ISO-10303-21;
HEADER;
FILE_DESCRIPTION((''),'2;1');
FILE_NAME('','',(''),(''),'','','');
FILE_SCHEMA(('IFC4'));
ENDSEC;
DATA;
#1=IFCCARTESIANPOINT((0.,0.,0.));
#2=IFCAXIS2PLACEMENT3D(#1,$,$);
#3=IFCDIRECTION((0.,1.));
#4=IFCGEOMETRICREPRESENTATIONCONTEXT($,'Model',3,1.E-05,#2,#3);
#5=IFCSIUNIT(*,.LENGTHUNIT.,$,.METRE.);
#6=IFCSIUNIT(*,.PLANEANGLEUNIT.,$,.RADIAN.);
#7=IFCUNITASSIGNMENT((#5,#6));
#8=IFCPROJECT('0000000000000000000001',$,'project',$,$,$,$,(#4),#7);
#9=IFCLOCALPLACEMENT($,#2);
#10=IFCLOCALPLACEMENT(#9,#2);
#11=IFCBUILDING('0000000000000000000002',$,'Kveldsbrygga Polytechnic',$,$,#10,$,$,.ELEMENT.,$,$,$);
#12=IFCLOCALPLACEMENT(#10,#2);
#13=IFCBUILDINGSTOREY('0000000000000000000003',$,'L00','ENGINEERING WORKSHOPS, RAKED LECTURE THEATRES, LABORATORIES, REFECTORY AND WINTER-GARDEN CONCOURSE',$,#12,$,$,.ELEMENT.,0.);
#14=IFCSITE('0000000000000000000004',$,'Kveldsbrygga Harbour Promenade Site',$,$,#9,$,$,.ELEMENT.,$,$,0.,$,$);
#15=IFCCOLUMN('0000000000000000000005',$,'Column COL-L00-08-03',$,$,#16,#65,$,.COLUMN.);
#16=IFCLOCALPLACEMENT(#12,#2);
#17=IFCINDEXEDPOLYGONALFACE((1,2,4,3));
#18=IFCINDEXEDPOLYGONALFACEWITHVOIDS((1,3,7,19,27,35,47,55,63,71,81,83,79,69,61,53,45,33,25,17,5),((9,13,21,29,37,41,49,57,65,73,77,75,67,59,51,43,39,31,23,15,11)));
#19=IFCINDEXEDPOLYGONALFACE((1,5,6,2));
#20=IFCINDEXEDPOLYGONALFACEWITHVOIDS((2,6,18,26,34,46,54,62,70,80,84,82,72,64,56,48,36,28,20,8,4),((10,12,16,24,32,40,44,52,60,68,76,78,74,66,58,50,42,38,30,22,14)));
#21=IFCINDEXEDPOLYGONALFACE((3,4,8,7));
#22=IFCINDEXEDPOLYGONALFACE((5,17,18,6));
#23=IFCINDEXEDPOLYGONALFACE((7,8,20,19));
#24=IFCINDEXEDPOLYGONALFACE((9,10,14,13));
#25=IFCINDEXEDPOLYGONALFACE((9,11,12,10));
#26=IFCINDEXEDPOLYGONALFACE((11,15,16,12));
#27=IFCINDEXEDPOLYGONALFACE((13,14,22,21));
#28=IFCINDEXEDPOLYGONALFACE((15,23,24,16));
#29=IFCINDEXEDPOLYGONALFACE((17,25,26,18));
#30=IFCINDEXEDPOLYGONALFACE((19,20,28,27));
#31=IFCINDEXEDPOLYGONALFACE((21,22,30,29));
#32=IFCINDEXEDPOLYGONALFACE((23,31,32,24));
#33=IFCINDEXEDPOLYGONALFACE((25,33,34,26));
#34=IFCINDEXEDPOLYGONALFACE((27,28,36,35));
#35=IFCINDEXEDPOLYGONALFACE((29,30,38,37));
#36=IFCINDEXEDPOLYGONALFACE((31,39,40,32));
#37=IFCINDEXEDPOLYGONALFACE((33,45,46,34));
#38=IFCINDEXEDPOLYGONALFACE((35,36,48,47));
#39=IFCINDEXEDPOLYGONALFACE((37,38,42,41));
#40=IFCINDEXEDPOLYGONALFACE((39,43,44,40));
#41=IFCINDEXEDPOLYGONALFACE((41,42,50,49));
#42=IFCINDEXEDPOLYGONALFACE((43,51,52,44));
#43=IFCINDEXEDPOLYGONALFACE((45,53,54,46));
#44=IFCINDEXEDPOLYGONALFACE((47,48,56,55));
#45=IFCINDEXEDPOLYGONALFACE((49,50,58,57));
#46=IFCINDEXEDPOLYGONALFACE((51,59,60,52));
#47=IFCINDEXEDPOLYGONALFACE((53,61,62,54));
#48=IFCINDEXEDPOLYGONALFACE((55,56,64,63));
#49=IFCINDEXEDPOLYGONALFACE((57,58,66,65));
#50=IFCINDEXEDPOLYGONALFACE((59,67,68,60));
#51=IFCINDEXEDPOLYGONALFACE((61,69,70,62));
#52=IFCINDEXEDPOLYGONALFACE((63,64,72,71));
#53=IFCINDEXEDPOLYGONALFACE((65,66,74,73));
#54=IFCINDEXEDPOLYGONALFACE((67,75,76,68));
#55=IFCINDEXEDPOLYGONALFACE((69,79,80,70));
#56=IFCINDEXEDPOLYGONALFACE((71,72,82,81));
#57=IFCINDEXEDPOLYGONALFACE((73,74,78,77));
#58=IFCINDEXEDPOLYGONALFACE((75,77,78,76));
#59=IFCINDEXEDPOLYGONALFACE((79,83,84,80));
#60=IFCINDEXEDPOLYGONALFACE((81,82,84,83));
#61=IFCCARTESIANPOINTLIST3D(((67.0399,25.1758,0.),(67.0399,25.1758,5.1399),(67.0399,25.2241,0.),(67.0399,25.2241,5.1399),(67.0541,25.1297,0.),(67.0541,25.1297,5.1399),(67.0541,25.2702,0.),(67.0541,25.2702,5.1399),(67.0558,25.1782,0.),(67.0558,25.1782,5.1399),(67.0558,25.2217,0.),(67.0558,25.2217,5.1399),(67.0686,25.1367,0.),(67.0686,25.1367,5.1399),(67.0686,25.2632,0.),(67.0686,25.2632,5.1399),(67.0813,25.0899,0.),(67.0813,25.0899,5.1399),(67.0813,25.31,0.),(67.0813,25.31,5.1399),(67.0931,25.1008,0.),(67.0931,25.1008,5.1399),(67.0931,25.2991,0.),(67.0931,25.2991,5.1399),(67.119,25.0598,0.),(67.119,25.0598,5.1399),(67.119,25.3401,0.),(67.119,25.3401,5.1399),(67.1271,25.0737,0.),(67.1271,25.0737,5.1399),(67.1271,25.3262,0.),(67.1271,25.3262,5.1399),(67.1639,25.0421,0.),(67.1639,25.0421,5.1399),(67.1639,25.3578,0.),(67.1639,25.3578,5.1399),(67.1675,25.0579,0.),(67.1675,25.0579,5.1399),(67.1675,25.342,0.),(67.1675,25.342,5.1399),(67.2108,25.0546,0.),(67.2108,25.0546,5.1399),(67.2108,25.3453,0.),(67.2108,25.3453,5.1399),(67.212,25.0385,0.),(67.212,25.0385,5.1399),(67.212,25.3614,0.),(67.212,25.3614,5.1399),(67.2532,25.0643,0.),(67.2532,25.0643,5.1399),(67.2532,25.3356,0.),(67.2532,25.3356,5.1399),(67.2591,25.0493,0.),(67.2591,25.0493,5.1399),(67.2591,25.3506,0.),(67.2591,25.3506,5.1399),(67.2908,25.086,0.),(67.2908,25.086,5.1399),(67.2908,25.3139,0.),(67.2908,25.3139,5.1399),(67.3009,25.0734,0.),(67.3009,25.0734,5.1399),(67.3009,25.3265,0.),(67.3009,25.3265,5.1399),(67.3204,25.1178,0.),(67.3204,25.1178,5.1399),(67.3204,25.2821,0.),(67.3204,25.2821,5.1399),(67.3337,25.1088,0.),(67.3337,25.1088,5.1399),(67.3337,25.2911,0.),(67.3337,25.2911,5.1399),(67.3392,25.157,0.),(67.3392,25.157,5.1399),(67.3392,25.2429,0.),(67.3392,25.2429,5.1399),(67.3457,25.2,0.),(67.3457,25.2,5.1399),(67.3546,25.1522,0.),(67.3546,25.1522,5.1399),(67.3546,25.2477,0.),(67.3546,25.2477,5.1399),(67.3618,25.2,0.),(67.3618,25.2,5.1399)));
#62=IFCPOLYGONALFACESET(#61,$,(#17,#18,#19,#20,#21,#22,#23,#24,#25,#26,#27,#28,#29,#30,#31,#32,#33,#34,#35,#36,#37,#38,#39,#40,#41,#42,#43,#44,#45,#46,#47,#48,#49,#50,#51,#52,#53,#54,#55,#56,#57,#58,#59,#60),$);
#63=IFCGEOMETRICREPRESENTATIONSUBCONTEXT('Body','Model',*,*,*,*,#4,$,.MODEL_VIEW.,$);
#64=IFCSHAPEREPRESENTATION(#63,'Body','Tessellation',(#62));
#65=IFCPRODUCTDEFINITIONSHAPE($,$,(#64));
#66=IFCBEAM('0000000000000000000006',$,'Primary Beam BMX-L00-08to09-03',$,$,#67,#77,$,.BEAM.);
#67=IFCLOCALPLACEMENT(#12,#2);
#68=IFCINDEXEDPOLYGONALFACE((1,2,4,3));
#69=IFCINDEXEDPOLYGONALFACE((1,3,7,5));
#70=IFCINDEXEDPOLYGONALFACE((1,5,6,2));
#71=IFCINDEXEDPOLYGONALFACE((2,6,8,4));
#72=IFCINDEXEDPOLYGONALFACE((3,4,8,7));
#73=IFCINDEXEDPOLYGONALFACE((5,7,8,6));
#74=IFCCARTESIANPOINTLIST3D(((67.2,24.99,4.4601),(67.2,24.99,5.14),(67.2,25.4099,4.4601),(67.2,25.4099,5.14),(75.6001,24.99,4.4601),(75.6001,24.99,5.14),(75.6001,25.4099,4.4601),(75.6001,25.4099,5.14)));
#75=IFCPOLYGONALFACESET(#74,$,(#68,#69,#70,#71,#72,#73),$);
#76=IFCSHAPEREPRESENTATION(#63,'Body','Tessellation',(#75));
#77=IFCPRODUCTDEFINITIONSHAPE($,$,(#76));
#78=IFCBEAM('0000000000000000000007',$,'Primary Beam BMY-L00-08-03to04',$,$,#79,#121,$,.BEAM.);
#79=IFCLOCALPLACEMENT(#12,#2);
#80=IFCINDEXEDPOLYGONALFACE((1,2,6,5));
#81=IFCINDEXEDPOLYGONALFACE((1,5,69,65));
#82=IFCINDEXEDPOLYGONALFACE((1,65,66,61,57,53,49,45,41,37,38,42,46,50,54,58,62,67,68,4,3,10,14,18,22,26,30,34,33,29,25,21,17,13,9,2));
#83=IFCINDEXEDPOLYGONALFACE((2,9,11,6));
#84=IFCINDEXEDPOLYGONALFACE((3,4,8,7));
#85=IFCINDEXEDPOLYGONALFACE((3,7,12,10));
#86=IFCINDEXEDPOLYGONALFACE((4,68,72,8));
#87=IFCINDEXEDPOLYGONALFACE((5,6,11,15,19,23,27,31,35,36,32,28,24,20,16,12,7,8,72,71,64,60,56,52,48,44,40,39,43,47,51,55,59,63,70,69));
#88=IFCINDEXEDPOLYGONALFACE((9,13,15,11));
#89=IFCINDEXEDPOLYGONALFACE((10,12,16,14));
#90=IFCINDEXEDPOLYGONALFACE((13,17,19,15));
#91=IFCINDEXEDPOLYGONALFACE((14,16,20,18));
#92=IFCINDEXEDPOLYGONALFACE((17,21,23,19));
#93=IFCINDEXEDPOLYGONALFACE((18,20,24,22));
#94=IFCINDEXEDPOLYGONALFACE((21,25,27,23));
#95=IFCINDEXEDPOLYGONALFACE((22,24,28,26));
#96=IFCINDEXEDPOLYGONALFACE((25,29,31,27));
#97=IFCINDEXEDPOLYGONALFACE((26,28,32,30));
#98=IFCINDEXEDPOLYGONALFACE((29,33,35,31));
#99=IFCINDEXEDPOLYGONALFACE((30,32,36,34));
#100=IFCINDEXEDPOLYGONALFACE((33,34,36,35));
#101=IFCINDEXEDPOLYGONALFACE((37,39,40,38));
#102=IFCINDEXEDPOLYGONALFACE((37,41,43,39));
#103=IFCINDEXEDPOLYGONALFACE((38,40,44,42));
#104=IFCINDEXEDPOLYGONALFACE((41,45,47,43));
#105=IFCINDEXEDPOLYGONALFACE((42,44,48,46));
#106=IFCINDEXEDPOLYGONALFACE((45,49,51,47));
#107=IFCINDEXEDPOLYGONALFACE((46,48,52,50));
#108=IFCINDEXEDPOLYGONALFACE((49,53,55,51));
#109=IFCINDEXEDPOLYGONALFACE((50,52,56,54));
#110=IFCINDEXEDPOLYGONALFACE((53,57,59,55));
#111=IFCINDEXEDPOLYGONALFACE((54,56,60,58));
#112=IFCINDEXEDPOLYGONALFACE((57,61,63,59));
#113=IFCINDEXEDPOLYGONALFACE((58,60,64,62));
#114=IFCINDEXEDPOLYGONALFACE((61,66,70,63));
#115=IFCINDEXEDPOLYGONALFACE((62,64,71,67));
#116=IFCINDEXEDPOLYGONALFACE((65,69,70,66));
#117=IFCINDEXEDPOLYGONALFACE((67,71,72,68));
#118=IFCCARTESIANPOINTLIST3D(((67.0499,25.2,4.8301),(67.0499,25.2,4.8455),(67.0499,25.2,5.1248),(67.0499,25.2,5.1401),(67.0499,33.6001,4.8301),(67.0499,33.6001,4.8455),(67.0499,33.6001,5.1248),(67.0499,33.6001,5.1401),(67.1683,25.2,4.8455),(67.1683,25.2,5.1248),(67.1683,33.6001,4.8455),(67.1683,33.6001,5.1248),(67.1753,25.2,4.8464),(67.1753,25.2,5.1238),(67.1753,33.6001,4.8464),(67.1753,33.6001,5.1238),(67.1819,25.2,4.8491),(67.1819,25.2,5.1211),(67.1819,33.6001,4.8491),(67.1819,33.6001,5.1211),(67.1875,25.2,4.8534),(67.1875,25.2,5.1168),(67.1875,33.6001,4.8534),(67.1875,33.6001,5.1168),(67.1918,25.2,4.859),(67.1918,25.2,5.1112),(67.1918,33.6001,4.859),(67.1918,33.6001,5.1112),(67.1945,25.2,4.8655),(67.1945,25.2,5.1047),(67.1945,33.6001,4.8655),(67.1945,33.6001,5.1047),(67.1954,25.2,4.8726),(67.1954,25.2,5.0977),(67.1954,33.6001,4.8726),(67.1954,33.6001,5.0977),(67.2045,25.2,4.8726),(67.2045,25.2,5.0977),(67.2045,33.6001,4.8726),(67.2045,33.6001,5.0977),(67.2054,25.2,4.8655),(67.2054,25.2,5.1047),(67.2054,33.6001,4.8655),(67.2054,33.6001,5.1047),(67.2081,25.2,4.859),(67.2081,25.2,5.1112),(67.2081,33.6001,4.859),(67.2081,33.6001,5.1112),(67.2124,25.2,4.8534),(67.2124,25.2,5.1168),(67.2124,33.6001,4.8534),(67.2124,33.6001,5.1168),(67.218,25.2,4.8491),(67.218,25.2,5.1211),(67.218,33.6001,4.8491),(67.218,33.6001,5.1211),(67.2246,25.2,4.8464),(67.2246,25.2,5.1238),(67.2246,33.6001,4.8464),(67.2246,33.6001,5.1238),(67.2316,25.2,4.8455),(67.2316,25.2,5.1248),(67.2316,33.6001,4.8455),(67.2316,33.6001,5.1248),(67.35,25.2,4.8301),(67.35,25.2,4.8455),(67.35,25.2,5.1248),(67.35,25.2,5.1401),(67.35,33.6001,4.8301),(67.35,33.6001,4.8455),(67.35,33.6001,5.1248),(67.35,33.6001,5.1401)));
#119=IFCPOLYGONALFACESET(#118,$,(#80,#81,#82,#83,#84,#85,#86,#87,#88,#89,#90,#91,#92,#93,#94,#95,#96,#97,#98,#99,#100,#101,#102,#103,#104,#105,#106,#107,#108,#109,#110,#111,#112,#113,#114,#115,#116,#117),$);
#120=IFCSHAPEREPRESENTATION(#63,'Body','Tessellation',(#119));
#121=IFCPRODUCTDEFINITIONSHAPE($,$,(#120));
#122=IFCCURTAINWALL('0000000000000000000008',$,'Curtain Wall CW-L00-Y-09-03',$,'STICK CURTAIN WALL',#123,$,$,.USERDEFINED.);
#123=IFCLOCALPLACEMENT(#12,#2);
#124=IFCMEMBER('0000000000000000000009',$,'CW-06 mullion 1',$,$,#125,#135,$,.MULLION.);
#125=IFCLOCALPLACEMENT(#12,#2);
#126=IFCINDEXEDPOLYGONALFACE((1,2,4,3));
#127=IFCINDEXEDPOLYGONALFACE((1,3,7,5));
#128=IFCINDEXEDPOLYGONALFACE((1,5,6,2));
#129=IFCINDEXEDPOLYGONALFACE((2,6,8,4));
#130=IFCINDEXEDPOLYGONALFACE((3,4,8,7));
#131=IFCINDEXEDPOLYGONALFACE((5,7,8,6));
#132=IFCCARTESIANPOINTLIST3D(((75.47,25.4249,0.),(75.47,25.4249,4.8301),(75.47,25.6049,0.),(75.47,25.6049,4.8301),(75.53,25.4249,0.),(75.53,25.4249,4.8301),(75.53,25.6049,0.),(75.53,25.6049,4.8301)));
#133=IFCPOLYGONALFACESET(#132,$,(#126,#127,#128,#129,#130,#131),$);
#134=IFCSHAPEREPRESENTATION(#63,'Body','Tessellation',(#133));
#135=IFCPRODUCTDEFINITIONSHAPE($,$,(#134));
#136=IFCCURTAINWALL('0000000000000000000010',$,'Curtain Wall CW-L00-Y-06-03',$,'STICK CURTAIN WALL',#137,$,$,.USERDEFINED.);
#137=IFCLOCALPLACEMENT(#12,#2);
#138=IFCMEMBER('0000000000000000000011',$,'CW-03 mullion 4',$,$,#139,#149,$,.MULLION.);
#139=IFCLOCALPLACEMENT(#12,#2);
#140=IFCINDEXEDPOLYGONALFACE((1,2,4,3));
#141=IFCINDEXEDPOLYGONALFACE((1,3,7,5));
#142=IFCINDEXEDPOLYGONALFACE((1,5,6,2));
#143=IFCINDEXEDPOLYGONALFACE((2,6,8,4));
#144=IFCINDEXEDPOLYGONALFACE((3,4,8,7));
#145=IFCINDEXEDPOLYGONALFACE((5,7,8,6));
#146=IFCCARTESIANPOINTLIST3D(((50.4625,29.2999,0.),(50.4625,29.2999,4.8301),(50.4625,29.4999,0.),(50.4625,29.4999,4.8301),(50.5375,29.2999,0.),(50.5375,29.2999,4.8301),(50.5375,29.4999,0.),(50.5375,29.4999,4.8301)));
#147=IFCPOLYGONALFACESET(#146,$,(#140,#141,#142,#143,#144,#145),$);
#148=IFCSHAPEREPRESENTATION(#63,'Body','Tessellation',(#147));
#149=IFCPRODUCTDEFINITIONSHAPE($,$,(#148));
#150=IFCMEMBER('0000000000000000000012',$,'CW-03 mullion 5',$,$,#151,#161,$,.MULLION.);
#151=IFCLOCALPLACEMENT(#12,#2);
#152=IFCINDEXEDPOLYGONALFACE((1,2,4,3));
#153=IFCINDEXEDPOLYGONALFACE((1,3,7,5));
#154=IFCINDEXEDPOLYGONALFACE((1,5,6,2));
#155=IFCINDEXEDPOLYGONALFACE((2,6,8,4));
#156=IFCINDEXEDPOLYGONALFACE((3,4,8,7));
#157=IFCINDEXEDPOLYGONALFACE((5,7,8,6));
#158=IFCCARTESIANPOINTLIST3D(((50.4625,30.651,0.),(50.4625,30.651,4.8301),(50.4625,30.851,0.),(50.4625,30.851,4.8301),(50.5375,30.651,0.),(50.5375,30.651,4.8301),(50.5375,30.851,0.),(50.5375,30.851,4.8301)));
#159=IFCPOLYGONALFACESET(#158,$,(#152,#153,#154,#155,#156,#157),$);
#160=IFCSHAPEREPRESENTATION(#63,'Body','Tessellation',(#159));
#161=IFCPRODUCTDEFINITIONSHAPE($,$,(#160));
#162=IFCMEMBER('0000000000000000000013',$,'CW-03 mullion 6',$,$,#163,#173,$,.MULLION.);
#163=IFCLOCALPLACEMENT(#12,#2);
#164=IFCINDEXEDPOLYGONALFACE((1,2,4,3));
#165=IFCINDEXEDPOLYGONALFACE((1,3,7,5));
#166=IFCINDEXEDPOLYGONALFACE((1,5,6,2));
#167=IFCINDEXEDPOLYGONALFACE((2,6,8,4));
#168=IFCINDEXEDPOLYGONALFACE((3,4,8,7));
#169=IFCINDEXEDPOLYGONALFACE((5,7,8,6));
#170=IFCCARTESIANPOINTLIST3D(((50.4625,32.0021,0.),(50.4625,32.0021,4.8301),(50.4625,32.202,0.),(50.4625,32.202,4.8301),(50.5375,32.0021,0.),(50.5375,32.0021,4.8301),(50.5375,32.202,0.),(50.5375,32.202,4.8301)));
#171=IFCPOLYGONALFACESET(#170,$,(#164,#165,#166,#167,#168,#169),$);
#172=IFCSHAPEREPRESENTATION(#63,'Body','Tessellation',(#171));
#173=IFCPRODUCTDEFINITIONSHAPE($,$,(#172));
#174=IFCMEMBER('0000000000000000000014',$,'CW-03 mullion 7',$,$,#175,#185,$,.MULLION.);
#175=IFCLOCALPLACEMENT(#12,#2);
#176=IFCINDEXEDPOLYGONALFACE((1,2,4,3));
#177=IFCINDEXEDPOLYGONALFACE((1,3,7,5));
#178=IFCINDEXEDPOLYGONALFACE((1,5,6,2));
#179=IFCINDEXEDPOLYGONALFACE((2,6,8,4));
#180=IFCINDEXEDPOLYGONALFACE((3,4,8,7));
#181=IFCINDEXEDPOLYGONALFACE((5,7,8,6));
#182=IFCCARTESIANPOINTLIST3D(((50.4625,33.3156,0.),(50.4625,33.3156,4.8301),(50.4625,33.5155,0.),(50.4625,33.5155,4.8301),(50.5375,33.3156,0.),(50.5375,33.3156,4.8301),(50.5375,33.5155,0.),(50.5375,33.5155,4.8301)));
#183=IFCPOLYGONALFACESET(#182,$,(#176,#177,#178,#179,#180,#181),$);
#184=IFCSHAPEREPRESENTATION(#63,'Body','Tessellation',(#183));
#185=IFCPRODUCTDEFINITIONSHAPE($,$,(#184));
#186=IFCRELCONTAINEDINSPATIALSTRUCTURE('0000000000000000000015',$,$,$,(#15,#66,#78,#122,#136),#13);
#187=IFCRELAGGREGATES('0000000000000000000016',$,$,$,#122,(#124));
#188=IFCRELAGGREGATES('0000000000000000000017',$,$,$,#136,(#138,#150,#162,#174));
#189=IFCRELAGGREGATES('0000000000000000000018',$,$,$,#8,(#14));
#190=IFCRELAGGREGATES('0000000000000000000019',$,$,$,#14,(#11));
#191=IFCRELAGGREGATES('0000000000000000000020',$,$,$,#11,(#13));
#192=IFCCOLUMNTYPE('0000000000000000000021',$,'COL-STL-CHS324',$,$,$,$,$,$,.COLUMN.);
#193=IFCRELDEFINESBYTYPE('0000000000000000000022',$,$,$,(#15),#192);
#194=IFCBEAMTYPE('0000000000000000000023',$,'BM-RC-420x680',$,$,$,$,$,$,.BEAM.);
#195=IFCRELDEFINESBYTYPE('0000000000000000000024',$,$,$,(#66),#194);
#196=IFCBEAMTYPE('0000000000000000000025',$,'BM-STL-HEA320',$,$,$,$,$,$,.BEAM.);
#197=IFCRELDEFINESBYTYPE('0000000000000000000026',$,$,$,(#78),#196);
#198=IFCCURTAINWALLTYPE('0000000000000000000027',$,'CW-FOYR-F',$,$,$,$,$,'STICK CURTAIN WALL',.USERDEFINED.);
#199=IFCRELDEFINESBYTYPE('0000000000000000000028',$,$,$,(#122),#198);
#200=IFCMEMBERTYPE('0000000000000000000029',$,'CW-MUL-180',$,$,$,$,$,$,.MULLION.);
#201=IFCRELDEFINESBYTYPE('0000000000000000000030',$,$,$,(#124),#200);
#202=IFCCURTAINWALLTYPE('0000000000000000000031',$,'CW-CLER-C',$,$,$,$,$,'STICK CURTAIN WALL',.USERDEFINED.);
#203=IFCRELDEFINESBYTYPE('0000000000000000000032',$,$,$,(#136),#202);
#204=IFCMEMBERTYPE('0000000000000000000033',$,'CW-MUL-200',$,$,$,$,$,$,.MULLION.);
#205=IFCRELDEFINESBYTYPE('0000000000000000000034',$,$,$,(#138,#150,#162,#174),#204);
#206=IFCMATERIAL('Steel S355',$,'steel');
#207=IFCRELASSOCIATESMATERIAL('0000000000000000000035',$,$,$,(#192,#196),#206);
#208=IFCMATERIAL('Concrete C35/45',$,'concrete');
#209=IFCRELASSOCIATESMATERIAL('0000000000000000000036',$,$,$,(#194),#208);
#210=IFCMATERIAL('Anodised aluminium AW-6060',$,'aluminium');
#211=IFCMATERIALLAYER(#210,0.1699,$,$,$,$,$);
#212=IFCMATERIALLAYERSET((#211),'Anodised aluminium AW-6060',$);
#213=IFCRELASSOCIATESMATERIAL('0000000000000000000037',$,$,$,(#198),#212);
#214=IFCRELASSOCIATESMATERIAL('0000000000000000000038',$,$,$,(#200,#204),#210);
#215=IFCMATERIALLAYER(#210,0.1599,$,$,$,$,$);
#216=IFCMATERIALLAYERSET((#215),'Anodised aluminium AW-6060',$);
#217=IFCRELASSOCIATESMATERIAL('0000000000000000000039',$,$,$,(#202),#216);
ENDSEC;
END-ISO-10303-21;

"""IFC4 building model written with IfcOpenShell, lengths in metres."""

from ifc_helpers import new_model, si_unit, direction, frame, origin, origin_2d, place, context, subcontext, project, spatial, rectangle, hollow_circle, i_section, extrude, material, layer, layer_set, material_profile, profile_set, type_object, element, aggregate, save


model = new_model("IFC4")

# Units and contexts
model_context = context("Model", 3, precision=1e-05, world=origin(), true_north=direction((0.0, 1.0)))
body_context = subcontext(model_context, "Body", "Model", "MODEL_VIEW")
ifc_project = project(units=[si_unit("LENGTHUNIT", "METRE"), si_unit("PLANEANGLEUNIT", "RADIAN")], contexts=[model_context])

# Site, building, storey
site_placement = place(None, origin())
site = spatial("IfcSite", under=ifc_project, at=site_placement, Name="Kveldsbrygga Harbour Promenade Site", CompositionType="ELEMENT", RefElevation=0.0)
building_placement = place(site_placement, origin())
building = spatial("IfcBuilding", under=site, at=building_placement, Name="Kveldsbrygga Polytechnic", CompositionType="ELEMENT")
storey_placement = place(building_placement, origin())
storey = spatial("IfcBuildingStorey", under=building, at=storey_placement, Name="L00", Description="ENGINEERING WORKSHOPS, RAKED LECTURE THEATRES, LABORATORIES, REFECTORY AND WINTER-GARDEN CONCOURSE", CompositionType="ELEMENT", Elevation=0.0)

# Column
ifc_material_1 = material(Name="Steel S355", Category="steel")
ifc_material_profile_1 = material_profile(ifc_material_1, hollow_circle(Radius=0.1619, WallThickness=0.0161, at=origin_2d()), Name="CHS 323.9x16.0")
ifc_profile_set_1 = profile_set([ifc_material_profile_1], Name="Steel S355")
column_type = type_object("IfcColumnType", Name="COL-STL-CHS324", PredefinedType="COLUMN", material=ifc_profile_set_1)
column_placement = place(storey_placement, frame((67.2, 25.2, 0.0), z_axis=(0.0, 0.0, 1.0), x_axis=(1.0, 0.0, 0.0)))
element("IfcColumn", 1, at=column_placement, inside=storey, type_object=column_type, Name="Column COL-L00-08-03", PredefinedType="COLUMN", context=body_context, shape_type="SweptSolid", body=[
    extrude(hollow_circle(Radius=0.1619, WallThickness=0.0161, at=origin_2d()), origin(), (0.0, 0.0, 1.0), 5.1399),
])

# Beams
ifc_material_2 = material(Name="Concrete C35/45", Category="concrete")
ifc_material_profile_2 = material_profile(ifc_material_2, rectangle(XDim=0.4199, YDim=0.6799, at=origin_2d()), Name="RC 420x680")
ifc_profile_set_2 = profile_set([ifc_material_profile_2], Name="Concrete C35/45")
beam_type_1 = type_object("IfcBeamType", Name="BM-RC-420x680", PredefinedType="BEAM", material=ifc_profile_set_2)
beam_1_placement = place(storey_placement, frame((67.2, 25.2, 4.8), z_axis=(1.0, 0.0, 0.0), x_axis=(0.0, 1.0, 0.0)))
element("IfcBeam", 2, at=beam_1_placement, inside=storey, type_object=beam_type_1, Name="Primary Beam BMX-L00-08to09-03", PredefinedType="BEAM", context=body_context, shape_type="SweptSolid", body=[
    extrude(rectangle(XDim=0.4199, YDim=0.6799, at=origin_2d()), origin(), (0.0, 0.0, 1.0), 8.4001),
])
ifc_material_profile_3 = material_profile(ifc_material_1, i_section(OverallWidth=0.3, OverallDepth=0.3101, WebThickness=0.009, FlangeThickness=0.0154, FilletRadius=0.0271, at=origin_2d()), Name="HEA 320")
ifc_profile_set_3 = profile_set([ifc_material_profile_3], Name="Steel S355")
beam_type_2 = type_object("IfcBeamType", Name="BM-STL-HEA320", PredefinedType="BEAM", material=ifc_profile_set_3)
beam_2_placement = place(storey_placement, frame((67.2, 25.2, 4.9851), z_axis=(0.0, 1.0, 0.0), x_axis=(-1.0, 0.0, 0.0)))
element("IfcBeam", 3, at=beam_2_placement, inside=storey, type_object=beam_type_2, Name="Primary Beam BMY-L00-08-03to04", PredefinedType="BEAM", context=body_context, shape_type="SweptSolid", body=[
    extrude(i_section(OverallWidth=0.3, OverallDepth=0.3101, WebThickness=0.009, FlangeThickness=0.0154, FilletRadius=0.0271, at=origin_2d()), origin(), (0.0, 0.0, 1.0), 8.4001),
])

# Curtain wall, member
ifc_material_3 = material(Name="Anodised aluminium AW-6060", Category="aluminium")
ifc_layer_1 = layer(ifc_material_3, 0.1699)
ifc_layer_set_1 = layer_set([ifc_layer_1], Name="Anodised aluminium AW-6060")
curtain_wall_type_1 = type_object("IfcCurtainWallType", Name="CW-FOYR-F", ElementType="STICK CURTAIN WALL", PredefinedType="USERDEFINED", material=ifc_layer_set_1)
curtain_wall_1_placement = place(storey_placement, origin())
curtain_wall_1 = element("IfcCurtainWall", 4, at=curtain_wall_1_placement, inside=storey, type_object=curtain_wall_type_1, Name="Curtain Wall CW-L00-Y-09-03", ObjectType="STICK CURTAIN WALL", PredefinedType="USERDEFINED")
ifc_material_profile_4 = material_profile(ifc_material_3, rectangle(XDim=0.0601, YDim=0.1799, at=origin_2d()), Name="ALU 60x180")
ifc_profile_set_4 = profile_set([ifc_material_profile_4], Name="Anodised aluminium AW-6060")
member_type_1 = type_object("IfcMemberType", Name="CW-MUL-180", PredefinedType="MULLION", material=ifc_profile_set_4)
member_1_placement = place(storey_placement, frame((75.5, 25.5149, 0.0), z_axis=(0.0, 0.0, 1.0), x_axis=(-1.0, 0.0, 0.0)))
member_1 = element("IfcMember", 5, at=member_1_placement, type_object=member_type_1, Name="CW-06 mullion 1", PredefinedType="MULLION", context=body_context, shape_type="SweptSolid", body=[
    extrude(rectangle(XDim=0.0601, YDim=0.1799, at=origin_2d()), origin(), (0.0, 0.0, 1.0), 4.8301),
])
aggregate(curtain_wall_1, [member_1])

# Curtain wall, members
ifc_layer_2 = layer(ifc_material_3, 0.1599)
ifc_layer_set_2 = layer_set([ifc_layer_2], Name="Anodised aluminium AW-6060")
curtain_wall_type_2 = type_object("IfcCurtainWallType", Name="CW-CLER-C", ElementType="STICK CURTAIN WALL", PredefinedType="USERDEFINED", material=ifc_layer_set_2)
curtain_wall_2_placement = place(storey_placement, origin())
curtain_wall_2 = element("IfcCurtainWall", 6, at=curtain_wall_2_placement, inside=storey, type_object=curtain_wall_type_2, Name="Curtain Wall CW-L00-Y-06-03", ObjectType="STICK CURTAIN WALL", PredefinedType="USERDEFINED")
ifc_material_profile_5 = material_profile(ifc_material_3, rectangle(XDim=0.075, YDim=0.2, at=origin_2d()), Name="ALU 75x200")
ifc_profile_set_5 = profile_set([ifc_material_profile_5], Name="Anodised aluminium AW-6060")
member_type_2 = type_object("IfcMemberType", Name="CW-MUL-200", PredefinedType="MULLION", material=ifc_profile_set_5)
member_2_placement = place(storey_placement, frame((50.5, 29.3999, 0.0), z_axis=(0.0, 0.0, 1.0), x_axis=(-1.0, 0.0, 0.0)))
member_2 = element("IfcMember", 7, at=member_2_placement, type_object=member_type_2, Name="CW-03 mullion 4", PredefinedType="MULLION", context=body_context, shape_type="SweptSolid", body=[
    extrude(rectangle(XDim=0.075, YDim=0.2, at=origin_2d()), origin(), (0.0, 0.0, 1.0), 4.8301),
])
member_3_placement = place(storey_placement, frame((50.5, 30.751, 0.0), z_axis=(0.0, 0.0, 1.0), x_axis=(-1.0, 0.0, 0.0)))
member_3 = element("IfcMember", 8, at=member_3_placement, type_object=member_type_2, Name="CW-03 mullion 5", PredefinedType="MULLION", context=body_context, shape_type="SweptSolid", body=[
    extrude(rectangle(XDim=0.075, YDim=0.2, at=origin_2d()), origin(), (0.0, 0.0, 1.0), 4.8301),
])
member_4_placement = place(storey_placement, frame((50.5, 32.1021, 0.0), z_axis=(0.0, 0.0, 1.0), x_axis=(-1.0, 0.0, 0.0)))
member_4 = element("IfcMember", 9, at=member_4_placement, type_object=member_type_2, Name="CW-03 mullion 6", PredefinedType="MULLION", context=body_context, shape_type="SweptSolid", body=[
    extrude(rectangle(XDim=0.075, YDim=0.2, at=origin_2d()), origin(), (0.0, 0.0, 1.0), 4.8301),
])
member_5_placement = place(storey_placement, frame((50.5, 33.4155, 0.0), z_axis=(0.0, 0.0, 1.0), x_axis=(-1.0, 0.0, 0.0)))
member_5 = element("IfcMember", 10, at=member_5_placement, type_object=member_type_2, Name="CW-03 mullion 7", PredefinedType="MULLION", context=body_context, shape_type="SweptSolid", body=[
    extrude(rectangle(XDim=0.075, YDim=0.2, at=origin_2d()), origin(), (0.0, 0.0, 1.0), 4.8301),
])

aggregate(curtain_wall_2, [member_2, member_3, member_4, member_5])

save(model, "model.ifc")
